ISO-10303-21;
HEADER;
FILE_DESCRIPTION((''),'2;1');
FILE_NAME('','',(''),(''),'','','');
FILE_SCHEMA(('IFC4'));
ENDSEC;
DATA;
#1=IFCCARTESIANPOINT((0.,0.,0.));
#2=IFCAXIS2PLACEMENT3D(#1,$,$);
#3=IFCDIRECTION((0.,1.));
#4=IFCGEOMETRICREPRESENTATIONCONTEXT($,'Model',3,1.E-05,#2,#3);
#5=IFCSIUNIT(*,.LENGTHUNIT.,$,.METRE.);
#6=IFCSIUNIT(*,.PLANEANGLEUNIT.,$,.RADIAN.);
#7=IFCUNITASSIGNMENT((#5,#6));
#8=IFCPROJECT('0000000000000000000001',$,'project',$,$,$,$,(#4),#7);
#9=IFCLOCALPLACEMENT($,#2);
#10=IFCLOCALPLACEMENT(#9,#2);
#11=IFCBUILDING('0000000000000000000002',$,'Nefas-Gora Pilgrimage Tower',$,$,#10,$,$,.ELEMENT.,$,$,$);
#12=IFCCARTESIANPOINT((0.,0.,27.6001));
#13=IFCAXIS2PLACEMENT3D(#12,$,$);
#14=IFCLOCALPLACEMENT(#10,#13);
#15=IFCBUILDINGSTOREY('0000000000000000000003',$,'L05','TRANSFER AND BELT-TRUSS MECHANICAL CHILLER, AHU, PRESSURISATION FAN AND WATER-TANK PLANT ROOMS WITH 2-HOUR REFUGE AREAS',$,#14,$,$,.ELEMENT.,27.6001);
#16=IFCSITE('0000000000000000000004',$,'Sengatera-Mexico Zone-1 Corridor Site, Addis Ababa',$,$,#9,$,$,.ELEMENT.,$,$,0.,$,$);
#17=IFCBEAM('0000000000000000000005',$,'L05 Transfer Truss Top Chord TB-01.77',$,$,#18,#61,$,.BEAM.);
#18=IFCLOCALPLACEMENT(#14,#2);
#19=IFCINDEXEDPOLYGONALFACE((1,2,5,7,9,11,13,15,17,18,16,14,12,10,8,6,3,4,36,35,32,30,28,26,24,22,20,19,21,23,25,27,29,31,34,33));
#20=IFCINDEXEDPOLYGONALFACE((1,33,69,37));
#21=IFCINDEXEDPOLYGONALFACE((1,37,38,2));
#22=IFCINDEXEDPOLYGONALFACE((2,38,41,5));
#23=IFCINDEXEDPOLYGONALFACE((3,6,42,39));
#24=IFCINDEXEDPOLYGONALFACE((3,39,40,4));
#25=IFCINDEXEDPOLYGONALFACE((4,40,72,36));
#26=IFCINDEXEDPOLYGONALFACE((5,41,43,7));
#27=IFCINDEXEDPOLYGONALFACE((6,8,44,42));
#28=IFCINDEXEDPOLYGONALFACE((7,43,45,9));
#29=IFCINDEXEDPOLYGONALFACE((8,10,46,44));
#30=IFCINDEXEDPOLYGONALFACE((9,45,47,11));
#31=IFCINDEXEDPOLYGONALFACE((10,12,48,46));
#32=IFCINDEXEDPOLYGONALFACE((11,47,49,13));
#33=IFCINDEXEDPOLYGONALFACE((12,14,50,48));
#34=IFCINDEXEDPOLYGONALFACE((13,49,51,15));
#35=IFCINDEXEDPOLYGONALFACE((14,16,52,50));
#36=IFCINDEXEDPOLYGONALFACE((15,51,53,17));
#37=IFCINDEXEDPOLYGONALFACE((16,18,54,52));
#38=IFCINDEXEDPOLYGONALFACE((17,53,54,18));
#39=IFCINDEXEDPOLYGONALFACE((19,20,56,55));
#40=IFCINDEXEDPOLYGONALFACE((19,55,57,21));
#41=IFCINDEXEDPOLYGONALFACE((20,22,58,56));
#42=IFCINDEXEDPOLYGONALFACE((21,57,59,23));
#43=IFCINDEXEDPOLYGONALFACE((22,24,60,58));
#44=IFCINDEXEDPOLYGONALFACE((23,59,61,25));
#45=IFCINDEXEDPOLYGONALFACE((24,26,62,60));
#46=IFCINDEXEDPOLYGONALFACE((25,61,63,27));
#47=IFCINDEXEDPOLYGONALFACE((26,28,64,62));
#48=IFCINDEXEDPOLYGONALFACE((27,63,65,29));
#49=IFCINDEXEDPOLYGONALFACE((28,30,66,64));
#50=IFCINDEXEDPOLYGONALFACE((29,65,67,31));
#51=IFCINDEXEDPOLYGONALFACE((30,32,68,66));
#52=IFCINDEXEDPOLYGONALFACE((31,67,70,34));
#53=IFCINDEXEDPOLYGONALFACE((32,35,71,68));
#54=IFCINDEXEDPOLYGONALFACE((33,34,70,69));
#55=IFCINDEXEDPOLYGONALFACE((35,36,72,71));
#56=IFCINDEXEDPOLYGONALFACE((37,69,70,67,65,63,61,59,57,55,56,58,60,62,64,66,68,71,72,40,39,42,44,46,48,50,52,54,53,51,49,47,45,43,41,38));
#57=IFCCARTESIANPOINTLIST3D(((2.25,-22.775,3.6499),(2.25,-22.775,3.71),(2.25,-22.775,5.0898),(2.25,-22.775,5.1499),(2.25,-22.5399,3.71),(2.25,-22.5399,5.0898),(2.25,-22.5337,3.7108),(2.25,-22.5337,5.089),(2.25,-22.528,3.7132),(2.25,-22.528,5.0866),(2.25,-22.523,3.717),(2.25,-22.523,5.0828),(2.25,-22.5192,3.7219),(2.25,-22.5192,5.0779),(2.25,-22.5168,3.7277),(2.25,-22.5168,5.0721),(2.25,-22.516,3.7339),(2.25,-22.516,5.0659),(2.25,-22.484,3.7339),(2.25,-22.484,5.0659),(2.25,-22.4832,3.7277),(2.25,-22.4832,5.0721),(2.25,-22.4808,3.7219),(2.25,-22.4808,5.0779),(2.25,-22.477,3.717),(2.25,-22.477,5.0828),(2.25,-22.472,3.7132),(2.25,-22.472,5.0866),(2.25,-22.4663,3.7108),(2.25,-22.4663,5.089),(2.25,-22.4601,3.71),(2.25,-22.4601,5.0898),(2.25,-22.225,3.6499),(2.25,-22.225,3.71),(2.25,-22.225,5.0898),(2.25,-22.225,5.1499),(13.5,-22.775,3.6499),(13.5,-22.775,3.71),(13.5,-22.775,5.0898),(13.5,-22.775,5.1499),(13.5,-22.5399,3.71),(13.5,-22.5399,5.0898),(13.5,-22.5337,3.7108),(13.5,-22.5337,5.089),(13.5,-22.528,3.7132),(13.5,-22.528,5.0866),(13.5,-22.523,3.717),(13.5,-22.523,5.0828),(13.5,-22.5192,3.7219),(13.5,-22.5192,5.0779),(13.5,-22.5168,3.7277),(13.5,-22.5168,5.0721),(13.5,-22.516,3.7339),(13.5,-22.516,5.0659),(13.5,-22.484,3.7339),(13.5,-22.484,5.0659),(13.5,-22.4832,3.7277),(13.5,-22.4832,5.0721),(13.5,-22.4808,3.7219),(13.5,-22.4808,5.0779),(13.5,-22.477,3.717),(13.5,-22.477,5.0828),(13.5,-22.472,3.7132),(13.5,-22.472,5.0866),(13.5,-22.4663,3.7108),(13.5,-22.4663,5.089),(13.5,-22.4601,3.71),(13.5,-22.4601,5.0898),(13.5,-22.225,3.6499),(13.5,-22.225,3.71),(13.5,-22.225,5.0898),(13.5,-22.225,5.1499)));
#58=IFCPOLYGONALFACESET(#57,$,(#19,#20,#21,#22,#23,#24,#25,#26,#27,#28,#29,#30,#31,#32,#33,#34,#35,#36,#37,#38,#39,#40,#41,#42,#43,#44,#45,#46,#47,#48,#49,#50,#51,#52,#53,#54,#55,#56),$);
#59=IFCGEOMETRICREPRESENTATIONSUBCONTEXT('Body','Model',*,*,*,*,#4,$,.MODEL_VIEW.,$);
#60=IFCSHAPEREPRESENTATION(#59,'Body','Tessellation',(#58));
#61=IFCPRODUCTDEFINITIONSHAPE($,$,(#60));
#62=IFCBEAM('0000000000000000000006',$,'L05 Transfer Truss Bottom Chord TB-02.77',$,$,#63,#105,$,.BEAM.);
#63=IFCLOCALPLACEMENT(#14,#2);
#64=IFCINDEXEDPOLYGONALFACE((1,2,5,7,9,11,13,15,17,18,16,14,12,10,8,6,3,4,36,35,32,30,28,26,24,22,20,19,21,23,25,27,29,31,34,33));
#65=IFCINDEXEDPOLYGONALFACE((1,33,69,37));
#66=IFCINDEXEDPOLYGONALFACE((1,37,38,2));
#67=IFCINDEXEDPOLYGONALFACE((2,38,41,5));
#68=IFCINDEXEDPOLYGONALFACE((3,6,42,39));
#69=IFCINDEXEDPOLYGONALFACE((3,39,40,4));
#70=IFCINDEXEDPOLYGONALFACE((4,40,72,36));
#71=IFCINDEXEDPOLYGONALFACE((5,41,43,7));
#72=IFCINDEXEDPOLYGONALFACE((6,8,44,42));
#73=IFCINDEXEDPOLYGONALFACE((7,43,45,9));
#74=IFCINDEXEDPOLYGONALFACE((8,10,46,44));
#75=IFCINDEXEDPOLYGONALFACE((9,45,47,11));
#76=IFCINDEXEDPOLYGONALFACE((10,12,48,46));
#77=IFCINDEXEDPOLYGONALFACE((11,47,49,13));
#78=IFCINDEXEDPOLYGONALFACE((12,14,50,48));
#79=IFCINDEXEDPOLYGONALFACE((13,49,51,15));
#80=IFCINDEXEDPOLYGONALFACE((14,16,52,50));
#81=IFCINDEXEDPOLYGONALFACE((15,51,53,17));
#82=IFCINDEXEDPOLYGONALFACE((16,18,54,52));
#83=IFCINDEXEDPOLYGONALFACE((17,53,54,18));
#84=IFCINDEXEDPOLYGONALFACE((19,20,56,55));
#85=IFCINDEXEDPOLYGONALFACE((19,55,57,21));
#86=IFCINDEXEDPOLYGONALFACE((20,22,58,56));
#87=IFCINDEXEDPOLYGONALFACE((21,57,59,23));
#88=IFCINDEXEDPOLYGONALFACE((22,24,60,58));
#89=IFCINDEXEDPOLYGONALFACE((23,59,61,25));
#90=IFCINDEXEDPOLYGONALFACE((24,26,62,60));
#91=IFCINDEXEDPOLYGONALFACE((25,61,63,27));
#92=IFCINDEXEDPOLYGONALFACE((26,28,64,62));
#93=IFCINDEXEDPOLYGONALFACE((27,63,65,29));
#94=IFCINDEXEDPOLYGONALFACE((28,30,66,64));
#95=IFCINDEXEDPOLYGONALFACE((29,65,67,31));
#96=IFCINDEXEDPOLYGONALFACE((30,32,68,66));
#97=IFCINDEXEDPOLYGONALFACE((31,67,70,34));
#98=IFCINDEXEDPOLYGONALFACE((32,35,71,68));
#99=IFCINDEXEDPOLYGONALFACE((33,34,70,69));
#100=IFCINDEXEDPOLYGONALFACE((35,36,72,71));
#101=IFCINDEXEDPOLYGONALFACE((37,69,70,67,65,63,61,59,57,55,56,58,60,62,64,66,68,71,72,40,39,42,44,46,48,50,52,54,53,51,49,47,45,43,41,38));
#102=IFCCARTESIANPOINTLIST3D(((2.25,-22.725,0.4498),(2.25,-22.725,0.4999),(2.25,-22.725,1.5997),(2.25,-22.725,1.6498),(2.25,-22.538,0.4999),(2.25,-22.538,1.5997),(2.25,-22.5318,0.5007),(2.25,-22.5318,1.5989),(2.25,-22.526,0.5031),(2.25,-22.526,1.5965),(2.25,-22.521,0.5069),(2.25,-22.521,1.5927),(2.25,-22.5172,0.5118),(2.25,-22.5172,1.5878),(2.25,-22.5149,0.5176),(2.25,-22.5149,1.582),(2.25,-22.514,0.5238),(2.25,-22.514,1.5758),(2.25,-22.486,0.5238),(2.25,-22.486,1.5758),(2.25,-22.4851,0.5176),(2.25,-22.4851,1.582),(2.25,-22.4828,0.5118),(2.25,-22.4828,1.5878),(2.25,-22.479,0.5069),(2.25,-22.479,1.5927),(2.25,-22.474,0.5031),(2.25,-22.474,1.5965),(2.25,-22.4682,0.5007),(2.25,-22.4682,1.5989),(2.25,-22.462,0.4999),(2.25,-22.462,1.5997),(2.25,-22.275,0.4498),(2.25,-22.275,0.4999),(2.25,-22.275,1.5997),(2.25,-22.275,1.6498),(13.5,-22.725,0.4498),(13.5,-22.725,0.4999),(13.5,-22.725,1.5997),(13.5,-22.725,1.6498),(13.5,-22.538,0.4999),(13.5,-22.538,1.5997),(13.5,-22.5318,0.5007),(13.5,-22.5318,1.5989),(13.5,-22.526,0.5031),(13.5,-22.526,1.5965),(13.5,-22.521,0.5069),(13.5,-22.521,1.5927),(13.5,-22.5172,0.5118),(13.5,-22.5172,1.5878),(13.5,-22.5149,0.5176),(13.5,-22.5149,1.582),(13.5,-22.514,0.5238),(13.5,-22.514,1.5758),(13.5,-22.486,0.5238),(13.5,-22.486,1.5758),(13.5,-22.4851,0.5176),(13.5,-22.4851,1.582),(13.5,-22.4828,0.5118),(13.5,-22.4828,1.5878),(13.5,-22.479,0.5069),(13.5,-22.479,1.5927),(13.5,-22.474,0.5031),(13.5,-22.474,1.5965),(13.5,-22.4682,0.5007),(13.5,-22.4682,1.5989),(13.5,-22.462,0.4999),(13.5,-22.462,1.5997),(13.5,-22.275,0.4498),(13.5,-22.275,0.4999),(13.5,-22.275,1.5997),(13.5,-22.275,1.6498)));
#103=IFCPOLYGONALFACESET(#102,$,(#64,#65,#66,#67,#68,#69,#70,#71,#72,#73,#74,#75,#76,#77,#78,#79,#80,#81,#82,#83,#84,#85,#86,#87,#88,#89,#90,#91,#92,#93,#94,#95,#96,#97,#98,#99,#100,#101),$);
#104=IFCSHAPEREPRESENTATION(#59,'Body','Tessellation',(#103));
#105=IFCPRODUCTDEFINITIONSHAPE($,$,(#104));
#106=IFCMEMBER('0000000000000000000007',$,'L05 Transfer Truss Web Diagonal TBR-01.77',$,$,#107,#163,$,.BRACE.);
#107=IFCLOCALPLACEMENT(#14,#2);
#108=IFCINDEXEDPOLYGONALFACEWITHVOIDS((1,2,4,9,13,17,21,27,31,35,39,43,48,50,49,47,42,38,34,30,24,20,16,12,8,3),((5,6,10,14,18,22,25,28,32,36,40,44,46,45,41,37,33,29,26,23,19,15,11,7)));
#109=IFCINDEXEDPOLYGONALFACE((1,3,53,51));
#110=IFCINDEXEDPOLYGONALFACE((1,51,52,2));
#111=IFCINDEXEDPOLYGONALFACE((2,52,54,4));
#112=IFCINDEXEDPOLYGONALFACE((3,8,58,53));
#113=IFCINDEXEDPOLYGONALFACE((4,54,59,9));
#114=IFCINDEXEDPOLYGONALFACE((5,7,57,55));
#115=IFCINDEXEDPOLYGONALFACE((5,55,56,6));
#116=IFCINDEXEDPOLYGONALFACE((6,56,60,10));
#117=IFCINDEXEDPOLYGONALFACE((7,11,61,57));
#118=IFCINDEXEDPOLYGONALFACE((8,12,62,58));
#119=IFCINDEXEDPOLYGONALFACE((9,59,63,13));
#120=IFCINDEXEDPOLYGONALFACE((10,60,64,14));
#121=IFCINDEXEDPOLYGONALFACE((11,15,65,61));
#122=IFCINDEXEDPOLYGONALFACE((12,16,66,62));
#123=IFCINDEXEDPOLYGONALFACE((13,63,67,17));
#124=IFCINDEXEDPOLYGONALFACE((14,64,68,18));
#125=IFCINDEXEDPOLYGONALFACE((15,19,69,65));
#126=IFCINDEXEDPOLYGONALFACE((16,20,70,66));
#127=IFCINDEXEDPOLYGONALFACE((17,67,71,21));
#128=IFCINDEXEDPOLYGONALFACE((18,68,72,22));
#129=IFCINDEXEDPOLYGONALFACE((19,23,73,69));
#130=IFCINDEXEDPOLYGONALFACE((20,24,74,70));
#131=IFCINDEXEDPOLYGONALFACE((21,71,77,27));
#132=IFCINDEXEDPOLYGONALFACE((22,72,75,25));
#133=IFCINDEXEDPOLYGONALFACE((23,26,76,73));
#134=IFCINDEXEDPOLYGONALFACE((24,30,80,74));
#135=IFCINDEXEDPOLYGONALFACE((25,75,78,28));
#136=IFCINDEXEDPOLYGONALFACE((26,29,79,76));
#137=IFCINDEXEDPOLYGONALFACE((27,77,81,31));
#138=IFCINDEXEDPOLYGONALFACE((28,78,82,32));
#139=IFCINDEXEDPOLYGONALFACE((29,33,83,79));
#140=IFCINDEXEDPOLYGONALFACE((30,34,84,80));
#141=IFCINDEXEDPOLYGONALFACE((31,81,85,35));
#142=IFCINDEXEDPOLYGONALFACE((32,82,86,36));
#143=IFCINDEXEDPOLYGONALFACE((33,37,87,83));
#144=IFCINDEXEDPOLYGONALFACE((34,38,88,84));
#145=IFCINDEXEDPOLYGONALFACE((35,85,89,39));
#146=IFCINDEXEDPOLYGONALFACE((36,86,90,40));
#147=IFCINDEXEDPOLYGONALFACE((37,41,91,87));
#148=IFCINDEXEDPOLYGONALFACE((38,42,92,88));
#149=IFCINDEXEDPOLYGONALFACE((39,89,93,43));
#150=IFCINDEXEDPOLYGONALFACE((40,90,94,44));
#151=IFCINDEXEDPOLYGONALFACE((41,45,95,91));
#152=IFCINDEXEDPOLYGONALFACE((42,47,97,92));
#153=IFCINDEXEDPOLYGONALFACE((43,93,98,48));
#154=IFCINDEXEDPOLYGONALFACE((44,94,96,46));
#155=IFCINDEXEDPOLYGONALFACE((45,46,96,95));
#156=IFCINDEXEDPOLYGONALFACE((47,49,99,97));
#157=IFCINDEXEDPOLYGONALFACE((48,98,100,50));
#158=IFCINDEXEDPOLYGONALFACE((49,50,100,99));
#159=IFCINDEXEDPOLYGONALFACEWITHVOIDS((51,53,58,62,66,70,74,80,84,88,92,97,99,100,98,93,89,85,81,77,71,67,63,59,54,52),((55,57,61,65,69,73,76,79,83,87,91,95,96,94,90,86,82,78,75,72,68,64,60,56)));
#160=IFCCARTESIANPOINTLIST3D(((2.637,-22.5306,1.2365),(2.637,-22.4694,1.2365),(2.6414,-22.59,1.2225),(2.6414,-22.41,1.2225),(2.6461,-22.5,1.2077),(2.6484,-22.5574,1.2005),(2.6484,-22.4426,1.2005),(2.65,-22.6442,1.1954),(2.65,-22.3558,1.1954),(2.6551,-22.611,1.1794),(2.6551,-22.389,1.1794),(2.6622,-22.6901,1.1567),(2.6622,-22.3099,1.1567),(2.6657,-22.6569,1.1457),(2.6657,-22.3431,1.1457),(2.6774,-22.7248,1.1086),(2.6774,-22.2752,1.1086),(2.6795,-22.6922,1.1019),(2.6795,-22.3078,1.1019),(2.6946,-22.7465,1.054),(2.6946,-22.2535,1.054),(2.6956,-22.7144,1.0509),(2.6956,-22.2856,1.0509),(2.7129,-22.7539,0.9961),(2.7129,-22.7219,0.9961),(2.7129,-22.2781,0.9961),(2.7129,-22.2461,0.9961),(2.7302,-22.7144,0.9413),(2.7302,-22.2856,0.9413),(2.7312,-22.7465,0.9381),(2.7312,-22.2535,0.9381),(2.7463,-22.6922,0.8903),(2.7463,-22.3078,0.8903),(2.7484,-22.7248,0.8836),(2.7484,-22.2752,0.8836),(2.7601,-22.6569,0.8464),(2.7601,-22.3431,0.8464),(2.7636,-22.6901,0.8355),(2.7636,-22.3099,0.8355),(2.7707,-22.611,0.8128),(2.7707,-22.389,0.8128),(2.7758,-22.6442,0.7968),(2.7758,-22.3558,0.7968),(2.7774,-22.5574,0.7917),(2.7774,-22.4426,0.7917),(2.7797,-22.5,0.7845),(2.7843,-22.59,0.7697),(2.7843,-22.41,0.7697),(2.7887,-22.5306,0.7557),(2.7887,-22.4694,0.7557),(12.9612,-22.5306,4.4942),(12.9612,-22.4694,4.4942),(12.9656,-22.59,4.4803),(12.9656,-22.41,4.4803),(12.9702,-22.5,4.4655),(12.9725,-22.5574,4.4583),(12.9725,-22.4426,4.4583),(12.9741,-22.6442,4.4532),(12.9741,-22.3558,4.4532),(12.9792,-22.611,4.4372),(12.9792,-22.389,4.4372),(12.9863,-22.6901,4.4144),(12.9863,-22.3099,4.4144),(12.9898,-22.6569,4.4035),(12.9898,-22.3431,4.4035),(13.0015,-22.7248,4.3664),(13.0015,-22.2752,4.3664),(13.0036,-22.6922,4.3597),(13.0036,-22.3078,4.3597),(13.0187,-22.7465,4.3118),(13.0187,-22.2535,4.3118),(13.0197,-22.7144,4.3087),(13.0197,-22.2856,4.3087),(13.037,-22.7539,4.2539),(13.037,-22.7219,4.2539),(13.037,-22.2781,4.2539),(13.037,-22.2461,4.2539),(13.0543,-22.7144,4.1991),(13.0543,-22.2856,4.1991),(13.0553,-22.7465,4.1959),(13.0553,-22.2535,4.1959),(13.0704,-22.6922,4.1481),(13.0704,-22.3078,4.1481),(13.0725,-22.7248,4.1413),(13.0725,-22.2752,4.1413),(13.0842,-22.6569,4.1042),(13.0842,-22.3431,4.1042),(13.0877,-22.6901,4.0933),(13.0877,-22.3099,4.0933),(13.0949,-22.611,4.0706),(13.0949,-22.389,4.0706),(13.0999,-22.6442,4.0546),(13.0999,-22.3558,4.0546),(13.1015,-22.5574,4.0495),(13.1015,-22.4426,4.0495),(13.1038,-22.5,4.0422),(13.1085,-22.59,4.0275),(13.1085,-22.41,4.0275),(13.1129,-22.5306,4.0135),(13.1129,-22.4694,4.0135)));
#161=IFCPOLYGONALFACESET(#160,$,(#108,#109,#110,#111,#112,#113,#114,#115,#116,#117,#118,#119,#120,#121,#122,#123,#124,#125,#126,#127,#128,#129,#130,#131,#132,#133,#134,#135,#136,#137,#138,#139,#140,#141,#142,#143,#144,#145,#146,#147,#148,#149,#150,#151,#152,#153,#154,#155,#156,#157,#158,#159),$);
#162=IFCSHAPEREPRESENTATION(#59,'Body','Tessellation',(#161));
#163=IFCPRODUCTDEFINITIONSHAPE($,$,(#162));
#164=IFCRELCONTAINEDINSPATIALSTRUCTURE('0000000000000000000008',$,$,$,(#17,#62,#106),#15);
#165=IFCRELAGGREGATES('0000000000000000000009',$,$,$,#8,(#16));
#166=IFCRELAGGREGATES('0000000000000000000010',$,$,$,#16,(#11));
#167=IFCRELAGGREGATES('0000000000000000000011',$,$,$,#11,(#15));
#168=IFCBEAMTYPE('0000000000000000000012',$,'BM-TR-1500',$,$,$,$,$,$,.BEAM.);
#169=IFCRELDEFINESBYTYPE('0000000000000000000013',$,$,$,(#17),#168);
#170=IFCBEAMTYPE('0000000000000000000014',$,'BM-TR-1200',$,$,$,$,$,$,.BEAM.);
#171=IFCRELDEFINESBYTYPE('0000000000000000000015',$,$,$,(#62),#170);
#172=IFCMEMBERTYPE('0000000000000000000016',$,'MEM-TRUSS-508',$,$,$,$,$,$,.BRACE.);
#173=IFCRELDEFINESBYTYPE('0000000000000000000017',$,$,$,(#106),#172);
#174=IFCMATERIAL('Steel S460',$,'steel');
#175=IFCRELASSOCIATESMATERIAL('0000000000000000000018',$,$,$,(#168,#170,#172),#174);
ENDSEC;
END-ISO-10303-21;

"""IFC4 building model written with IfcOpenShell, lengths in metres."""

from ifc_helpers import new_model, si_unit, direction, frame, origin, origin_2d, place, context, subcontext, project, spatial, hollow_circle, i_section, extrude, source, transform, mapped, material, material_profile, profile_set, type_object, element, save


model = new_model("IFC4")

# Units and contexts
model_context = context("Model", 3, precision=1e-05, world=origin(), true_north=direction((0.0, 1.0)))
body_context = subcontext(model_context, "Body", "Model", "MODEL_VIEW")
ifc_project = project(units=[si_unit("LENGTHUNIT", "METRE"), si_unit("PLANEANGLEUNIT", "RADIAN")], contexts=[model_context])

# Site, building, storey
site_placement = place(None, origin())
site = spatial("IfcSite", under=ifc_project, at=site_placement, Name="Sengatera-Mexico Zone-1 Corridor Site, Addis Ababa", CompositionType="ELEMENT", RefElevation=0.0)
building_placement = place(site_placement, origin())
building = spatial("IfcBuilding", under=site, at=building_placement, Name="Nefas-Gora Pilgrimage Tower", CompositionType="ELEMENT")
storey_placement = place(building_placement, frame((0.0, 0.0, 27.6001)))
storey = spatial("IfcBuildingStorey", under=building, at=storey_placement, Name="L05", Description="TRANSFER AND BELT-TRUSS MECHANICAL CHILLER, AHU, PRESSURISATION FAN AND WATER-TANK PLANT ROOMS WITH 2-HOUR REFUGE AREAS", CompositionType="ELEMENT", Elevation=27.6001)

# Shared definitions
ifc_material_1 = material(Name="Steel S460", Category="steel")

# Shared definitions
ifc_material_profile_1 = material_profile(ifc_material_1, i_section(OverallWidth=0.55, OverallDepth=1.5, WebThickness=0.032, FlangeThickness=0.0601, FilletRadius=0.0239, at=origin_2d()), Name="WPG 1500x550x32x60")
ifc_profile_set_1 = profile_set([ifc_material_profile_1], Name="Steel S460")
beam_type_1 = type_object("IfcBeamType", Name="BM-TR-1500", PredefinedType="BEAM", material=ifc_profile_set_1)
ifc_material_profile_2 = material_profile(ifc_material_1, i_section(OverallWidth=0.45, OverallDepth=1.2, WebThickness=0.0281, FlangeThickness=0.05, FilletRadius=0.0239, at=origin_2d()), Name="WPG 1200x450x28x50")
ifc_profile_set_2 = profile_set([ifc_material_profile_2], Name="Steel S460")
beam_type_2 = type_object("IfcBeamType", Name="BM-TR-1200", PredefinedType="BEAM", material=ifc_profile_set_2)

# Shared definitions
ifc_material_profile_3 = material_profile(ifc_material_1, hollow_circle(Radius=0.2539, WallThickness=0.032, at=origin_2d()), Name="CHS 508x32")
ifc_profile_set_3 = profile_set([ifc_material_profile_3], Name="Steel S460")
member_type = type_object("IfcMemberType", Name="MEM-TRUSS-508", PredefinedType="BRACE", material=ifc_profile_set_3)

# Beams
shared_shape_1 = source(origin(), body_context, "Body", "SweptSolid", [
    extrude(i_section(OverallWidth=0.55, OverallDepth=1.5, WebThickness=0.032, FlangeThickness=0.0601, FilletRadius=0.0239, at=origin_2d()), origin(), (0.0, 0.0, 1.0), 11.25),
])
beam_1_placement = place(storey_placement, frame((2.25, -22.5, 4.3999), z_axis=(1.0, 0.0, 0.0), x_axis=(0.0, 1.0, 0.0)))
element("IfcBeam", 1, at=beam_1_placement, inside=storey, type_object=beam_type_1, Name="L05 Transfer Truss Top Chord TB-01.77", PredefinedType="BEAM", context=body_context, shape_type="MappedRepresentation", body=[
    mapped(shared_shape_1, transform((0.0, 0.0, 0.0), x_axis=(1.0, 0.0, 0.0), y_axis=(0.0, 1.0, 0.0), z_axis=(0.0, 0.0, 1.0), scale=1.0)),
])
shared_shape_2 = source(origin(), body_context, "Body", "SweptSolid", [
    extrude(i_section(OverallWidth=0.45, OverallDepth=1.2, WebThickness=0.0281, FlangeThickness=0.05, FilletRadius=0.0239, at=origin_2d()), origin(), (0.0, 0.0, 1.0), 11.25),
])
beam_2_placement = place(storey_placement, frame((2.25, -22.5, 1.0498), z_axis=(1.0, 0.0, 0.0), x_axis=(0.0, 1.0, 0.0)))
element("IfcBeam", 2, at=beam_2_placement, inside=storey, type_object=beam_type_2, Name="L05 Transfer Truss Bottom Chord TB-02.77", PredefinedType="BEAM", context=body_context, shape_type="MappedRepresentation", body=[
    mapped(shared_shape_2, transform((0.0, 0.0, 0.0), x_axis=(1.0, 0.0, 0.0), y_axis=(0.0, 1.0, 0.0), z_axis=(0.0, 0.0, 1.0), scale=1.0)),
])

# Member
shared_shape_3 = source(origin(), body_context, "Body", "SweptSolid", [
    extrude(hollow_circle(Radius=0.2539, WallThickness=0.032, at=origin_2d()), origin(), (0.0, 0.0, 1.0), 10.8259),
])
member_1_placement = place(storey_placement, frame((2.7129, -22.5, 0.9961), z_axis=(0.953648, 0.0, 0.300924), x_axis=(0.0, 1.0, 0.0)))
element("IfcMember", 3, at=member_1_placement, inside=storey, type_object=member_type, Name="L05 Transfer Truss Web Diagonal TBR-01.77", PredefinedType="BRACE", context=body_context, shape_type="MappedRepresentation", body=[
    mapped(shared_shape_3, transform((0.0, 0.0, 0.0), x_axis=(1.0, 0.0, 0.0), y_axis=(0.0, 1.0, 0.0), z_axis=(0.0, 0.0, 1.0), scale=1.0)),
])

save(model, "model.ifc")
